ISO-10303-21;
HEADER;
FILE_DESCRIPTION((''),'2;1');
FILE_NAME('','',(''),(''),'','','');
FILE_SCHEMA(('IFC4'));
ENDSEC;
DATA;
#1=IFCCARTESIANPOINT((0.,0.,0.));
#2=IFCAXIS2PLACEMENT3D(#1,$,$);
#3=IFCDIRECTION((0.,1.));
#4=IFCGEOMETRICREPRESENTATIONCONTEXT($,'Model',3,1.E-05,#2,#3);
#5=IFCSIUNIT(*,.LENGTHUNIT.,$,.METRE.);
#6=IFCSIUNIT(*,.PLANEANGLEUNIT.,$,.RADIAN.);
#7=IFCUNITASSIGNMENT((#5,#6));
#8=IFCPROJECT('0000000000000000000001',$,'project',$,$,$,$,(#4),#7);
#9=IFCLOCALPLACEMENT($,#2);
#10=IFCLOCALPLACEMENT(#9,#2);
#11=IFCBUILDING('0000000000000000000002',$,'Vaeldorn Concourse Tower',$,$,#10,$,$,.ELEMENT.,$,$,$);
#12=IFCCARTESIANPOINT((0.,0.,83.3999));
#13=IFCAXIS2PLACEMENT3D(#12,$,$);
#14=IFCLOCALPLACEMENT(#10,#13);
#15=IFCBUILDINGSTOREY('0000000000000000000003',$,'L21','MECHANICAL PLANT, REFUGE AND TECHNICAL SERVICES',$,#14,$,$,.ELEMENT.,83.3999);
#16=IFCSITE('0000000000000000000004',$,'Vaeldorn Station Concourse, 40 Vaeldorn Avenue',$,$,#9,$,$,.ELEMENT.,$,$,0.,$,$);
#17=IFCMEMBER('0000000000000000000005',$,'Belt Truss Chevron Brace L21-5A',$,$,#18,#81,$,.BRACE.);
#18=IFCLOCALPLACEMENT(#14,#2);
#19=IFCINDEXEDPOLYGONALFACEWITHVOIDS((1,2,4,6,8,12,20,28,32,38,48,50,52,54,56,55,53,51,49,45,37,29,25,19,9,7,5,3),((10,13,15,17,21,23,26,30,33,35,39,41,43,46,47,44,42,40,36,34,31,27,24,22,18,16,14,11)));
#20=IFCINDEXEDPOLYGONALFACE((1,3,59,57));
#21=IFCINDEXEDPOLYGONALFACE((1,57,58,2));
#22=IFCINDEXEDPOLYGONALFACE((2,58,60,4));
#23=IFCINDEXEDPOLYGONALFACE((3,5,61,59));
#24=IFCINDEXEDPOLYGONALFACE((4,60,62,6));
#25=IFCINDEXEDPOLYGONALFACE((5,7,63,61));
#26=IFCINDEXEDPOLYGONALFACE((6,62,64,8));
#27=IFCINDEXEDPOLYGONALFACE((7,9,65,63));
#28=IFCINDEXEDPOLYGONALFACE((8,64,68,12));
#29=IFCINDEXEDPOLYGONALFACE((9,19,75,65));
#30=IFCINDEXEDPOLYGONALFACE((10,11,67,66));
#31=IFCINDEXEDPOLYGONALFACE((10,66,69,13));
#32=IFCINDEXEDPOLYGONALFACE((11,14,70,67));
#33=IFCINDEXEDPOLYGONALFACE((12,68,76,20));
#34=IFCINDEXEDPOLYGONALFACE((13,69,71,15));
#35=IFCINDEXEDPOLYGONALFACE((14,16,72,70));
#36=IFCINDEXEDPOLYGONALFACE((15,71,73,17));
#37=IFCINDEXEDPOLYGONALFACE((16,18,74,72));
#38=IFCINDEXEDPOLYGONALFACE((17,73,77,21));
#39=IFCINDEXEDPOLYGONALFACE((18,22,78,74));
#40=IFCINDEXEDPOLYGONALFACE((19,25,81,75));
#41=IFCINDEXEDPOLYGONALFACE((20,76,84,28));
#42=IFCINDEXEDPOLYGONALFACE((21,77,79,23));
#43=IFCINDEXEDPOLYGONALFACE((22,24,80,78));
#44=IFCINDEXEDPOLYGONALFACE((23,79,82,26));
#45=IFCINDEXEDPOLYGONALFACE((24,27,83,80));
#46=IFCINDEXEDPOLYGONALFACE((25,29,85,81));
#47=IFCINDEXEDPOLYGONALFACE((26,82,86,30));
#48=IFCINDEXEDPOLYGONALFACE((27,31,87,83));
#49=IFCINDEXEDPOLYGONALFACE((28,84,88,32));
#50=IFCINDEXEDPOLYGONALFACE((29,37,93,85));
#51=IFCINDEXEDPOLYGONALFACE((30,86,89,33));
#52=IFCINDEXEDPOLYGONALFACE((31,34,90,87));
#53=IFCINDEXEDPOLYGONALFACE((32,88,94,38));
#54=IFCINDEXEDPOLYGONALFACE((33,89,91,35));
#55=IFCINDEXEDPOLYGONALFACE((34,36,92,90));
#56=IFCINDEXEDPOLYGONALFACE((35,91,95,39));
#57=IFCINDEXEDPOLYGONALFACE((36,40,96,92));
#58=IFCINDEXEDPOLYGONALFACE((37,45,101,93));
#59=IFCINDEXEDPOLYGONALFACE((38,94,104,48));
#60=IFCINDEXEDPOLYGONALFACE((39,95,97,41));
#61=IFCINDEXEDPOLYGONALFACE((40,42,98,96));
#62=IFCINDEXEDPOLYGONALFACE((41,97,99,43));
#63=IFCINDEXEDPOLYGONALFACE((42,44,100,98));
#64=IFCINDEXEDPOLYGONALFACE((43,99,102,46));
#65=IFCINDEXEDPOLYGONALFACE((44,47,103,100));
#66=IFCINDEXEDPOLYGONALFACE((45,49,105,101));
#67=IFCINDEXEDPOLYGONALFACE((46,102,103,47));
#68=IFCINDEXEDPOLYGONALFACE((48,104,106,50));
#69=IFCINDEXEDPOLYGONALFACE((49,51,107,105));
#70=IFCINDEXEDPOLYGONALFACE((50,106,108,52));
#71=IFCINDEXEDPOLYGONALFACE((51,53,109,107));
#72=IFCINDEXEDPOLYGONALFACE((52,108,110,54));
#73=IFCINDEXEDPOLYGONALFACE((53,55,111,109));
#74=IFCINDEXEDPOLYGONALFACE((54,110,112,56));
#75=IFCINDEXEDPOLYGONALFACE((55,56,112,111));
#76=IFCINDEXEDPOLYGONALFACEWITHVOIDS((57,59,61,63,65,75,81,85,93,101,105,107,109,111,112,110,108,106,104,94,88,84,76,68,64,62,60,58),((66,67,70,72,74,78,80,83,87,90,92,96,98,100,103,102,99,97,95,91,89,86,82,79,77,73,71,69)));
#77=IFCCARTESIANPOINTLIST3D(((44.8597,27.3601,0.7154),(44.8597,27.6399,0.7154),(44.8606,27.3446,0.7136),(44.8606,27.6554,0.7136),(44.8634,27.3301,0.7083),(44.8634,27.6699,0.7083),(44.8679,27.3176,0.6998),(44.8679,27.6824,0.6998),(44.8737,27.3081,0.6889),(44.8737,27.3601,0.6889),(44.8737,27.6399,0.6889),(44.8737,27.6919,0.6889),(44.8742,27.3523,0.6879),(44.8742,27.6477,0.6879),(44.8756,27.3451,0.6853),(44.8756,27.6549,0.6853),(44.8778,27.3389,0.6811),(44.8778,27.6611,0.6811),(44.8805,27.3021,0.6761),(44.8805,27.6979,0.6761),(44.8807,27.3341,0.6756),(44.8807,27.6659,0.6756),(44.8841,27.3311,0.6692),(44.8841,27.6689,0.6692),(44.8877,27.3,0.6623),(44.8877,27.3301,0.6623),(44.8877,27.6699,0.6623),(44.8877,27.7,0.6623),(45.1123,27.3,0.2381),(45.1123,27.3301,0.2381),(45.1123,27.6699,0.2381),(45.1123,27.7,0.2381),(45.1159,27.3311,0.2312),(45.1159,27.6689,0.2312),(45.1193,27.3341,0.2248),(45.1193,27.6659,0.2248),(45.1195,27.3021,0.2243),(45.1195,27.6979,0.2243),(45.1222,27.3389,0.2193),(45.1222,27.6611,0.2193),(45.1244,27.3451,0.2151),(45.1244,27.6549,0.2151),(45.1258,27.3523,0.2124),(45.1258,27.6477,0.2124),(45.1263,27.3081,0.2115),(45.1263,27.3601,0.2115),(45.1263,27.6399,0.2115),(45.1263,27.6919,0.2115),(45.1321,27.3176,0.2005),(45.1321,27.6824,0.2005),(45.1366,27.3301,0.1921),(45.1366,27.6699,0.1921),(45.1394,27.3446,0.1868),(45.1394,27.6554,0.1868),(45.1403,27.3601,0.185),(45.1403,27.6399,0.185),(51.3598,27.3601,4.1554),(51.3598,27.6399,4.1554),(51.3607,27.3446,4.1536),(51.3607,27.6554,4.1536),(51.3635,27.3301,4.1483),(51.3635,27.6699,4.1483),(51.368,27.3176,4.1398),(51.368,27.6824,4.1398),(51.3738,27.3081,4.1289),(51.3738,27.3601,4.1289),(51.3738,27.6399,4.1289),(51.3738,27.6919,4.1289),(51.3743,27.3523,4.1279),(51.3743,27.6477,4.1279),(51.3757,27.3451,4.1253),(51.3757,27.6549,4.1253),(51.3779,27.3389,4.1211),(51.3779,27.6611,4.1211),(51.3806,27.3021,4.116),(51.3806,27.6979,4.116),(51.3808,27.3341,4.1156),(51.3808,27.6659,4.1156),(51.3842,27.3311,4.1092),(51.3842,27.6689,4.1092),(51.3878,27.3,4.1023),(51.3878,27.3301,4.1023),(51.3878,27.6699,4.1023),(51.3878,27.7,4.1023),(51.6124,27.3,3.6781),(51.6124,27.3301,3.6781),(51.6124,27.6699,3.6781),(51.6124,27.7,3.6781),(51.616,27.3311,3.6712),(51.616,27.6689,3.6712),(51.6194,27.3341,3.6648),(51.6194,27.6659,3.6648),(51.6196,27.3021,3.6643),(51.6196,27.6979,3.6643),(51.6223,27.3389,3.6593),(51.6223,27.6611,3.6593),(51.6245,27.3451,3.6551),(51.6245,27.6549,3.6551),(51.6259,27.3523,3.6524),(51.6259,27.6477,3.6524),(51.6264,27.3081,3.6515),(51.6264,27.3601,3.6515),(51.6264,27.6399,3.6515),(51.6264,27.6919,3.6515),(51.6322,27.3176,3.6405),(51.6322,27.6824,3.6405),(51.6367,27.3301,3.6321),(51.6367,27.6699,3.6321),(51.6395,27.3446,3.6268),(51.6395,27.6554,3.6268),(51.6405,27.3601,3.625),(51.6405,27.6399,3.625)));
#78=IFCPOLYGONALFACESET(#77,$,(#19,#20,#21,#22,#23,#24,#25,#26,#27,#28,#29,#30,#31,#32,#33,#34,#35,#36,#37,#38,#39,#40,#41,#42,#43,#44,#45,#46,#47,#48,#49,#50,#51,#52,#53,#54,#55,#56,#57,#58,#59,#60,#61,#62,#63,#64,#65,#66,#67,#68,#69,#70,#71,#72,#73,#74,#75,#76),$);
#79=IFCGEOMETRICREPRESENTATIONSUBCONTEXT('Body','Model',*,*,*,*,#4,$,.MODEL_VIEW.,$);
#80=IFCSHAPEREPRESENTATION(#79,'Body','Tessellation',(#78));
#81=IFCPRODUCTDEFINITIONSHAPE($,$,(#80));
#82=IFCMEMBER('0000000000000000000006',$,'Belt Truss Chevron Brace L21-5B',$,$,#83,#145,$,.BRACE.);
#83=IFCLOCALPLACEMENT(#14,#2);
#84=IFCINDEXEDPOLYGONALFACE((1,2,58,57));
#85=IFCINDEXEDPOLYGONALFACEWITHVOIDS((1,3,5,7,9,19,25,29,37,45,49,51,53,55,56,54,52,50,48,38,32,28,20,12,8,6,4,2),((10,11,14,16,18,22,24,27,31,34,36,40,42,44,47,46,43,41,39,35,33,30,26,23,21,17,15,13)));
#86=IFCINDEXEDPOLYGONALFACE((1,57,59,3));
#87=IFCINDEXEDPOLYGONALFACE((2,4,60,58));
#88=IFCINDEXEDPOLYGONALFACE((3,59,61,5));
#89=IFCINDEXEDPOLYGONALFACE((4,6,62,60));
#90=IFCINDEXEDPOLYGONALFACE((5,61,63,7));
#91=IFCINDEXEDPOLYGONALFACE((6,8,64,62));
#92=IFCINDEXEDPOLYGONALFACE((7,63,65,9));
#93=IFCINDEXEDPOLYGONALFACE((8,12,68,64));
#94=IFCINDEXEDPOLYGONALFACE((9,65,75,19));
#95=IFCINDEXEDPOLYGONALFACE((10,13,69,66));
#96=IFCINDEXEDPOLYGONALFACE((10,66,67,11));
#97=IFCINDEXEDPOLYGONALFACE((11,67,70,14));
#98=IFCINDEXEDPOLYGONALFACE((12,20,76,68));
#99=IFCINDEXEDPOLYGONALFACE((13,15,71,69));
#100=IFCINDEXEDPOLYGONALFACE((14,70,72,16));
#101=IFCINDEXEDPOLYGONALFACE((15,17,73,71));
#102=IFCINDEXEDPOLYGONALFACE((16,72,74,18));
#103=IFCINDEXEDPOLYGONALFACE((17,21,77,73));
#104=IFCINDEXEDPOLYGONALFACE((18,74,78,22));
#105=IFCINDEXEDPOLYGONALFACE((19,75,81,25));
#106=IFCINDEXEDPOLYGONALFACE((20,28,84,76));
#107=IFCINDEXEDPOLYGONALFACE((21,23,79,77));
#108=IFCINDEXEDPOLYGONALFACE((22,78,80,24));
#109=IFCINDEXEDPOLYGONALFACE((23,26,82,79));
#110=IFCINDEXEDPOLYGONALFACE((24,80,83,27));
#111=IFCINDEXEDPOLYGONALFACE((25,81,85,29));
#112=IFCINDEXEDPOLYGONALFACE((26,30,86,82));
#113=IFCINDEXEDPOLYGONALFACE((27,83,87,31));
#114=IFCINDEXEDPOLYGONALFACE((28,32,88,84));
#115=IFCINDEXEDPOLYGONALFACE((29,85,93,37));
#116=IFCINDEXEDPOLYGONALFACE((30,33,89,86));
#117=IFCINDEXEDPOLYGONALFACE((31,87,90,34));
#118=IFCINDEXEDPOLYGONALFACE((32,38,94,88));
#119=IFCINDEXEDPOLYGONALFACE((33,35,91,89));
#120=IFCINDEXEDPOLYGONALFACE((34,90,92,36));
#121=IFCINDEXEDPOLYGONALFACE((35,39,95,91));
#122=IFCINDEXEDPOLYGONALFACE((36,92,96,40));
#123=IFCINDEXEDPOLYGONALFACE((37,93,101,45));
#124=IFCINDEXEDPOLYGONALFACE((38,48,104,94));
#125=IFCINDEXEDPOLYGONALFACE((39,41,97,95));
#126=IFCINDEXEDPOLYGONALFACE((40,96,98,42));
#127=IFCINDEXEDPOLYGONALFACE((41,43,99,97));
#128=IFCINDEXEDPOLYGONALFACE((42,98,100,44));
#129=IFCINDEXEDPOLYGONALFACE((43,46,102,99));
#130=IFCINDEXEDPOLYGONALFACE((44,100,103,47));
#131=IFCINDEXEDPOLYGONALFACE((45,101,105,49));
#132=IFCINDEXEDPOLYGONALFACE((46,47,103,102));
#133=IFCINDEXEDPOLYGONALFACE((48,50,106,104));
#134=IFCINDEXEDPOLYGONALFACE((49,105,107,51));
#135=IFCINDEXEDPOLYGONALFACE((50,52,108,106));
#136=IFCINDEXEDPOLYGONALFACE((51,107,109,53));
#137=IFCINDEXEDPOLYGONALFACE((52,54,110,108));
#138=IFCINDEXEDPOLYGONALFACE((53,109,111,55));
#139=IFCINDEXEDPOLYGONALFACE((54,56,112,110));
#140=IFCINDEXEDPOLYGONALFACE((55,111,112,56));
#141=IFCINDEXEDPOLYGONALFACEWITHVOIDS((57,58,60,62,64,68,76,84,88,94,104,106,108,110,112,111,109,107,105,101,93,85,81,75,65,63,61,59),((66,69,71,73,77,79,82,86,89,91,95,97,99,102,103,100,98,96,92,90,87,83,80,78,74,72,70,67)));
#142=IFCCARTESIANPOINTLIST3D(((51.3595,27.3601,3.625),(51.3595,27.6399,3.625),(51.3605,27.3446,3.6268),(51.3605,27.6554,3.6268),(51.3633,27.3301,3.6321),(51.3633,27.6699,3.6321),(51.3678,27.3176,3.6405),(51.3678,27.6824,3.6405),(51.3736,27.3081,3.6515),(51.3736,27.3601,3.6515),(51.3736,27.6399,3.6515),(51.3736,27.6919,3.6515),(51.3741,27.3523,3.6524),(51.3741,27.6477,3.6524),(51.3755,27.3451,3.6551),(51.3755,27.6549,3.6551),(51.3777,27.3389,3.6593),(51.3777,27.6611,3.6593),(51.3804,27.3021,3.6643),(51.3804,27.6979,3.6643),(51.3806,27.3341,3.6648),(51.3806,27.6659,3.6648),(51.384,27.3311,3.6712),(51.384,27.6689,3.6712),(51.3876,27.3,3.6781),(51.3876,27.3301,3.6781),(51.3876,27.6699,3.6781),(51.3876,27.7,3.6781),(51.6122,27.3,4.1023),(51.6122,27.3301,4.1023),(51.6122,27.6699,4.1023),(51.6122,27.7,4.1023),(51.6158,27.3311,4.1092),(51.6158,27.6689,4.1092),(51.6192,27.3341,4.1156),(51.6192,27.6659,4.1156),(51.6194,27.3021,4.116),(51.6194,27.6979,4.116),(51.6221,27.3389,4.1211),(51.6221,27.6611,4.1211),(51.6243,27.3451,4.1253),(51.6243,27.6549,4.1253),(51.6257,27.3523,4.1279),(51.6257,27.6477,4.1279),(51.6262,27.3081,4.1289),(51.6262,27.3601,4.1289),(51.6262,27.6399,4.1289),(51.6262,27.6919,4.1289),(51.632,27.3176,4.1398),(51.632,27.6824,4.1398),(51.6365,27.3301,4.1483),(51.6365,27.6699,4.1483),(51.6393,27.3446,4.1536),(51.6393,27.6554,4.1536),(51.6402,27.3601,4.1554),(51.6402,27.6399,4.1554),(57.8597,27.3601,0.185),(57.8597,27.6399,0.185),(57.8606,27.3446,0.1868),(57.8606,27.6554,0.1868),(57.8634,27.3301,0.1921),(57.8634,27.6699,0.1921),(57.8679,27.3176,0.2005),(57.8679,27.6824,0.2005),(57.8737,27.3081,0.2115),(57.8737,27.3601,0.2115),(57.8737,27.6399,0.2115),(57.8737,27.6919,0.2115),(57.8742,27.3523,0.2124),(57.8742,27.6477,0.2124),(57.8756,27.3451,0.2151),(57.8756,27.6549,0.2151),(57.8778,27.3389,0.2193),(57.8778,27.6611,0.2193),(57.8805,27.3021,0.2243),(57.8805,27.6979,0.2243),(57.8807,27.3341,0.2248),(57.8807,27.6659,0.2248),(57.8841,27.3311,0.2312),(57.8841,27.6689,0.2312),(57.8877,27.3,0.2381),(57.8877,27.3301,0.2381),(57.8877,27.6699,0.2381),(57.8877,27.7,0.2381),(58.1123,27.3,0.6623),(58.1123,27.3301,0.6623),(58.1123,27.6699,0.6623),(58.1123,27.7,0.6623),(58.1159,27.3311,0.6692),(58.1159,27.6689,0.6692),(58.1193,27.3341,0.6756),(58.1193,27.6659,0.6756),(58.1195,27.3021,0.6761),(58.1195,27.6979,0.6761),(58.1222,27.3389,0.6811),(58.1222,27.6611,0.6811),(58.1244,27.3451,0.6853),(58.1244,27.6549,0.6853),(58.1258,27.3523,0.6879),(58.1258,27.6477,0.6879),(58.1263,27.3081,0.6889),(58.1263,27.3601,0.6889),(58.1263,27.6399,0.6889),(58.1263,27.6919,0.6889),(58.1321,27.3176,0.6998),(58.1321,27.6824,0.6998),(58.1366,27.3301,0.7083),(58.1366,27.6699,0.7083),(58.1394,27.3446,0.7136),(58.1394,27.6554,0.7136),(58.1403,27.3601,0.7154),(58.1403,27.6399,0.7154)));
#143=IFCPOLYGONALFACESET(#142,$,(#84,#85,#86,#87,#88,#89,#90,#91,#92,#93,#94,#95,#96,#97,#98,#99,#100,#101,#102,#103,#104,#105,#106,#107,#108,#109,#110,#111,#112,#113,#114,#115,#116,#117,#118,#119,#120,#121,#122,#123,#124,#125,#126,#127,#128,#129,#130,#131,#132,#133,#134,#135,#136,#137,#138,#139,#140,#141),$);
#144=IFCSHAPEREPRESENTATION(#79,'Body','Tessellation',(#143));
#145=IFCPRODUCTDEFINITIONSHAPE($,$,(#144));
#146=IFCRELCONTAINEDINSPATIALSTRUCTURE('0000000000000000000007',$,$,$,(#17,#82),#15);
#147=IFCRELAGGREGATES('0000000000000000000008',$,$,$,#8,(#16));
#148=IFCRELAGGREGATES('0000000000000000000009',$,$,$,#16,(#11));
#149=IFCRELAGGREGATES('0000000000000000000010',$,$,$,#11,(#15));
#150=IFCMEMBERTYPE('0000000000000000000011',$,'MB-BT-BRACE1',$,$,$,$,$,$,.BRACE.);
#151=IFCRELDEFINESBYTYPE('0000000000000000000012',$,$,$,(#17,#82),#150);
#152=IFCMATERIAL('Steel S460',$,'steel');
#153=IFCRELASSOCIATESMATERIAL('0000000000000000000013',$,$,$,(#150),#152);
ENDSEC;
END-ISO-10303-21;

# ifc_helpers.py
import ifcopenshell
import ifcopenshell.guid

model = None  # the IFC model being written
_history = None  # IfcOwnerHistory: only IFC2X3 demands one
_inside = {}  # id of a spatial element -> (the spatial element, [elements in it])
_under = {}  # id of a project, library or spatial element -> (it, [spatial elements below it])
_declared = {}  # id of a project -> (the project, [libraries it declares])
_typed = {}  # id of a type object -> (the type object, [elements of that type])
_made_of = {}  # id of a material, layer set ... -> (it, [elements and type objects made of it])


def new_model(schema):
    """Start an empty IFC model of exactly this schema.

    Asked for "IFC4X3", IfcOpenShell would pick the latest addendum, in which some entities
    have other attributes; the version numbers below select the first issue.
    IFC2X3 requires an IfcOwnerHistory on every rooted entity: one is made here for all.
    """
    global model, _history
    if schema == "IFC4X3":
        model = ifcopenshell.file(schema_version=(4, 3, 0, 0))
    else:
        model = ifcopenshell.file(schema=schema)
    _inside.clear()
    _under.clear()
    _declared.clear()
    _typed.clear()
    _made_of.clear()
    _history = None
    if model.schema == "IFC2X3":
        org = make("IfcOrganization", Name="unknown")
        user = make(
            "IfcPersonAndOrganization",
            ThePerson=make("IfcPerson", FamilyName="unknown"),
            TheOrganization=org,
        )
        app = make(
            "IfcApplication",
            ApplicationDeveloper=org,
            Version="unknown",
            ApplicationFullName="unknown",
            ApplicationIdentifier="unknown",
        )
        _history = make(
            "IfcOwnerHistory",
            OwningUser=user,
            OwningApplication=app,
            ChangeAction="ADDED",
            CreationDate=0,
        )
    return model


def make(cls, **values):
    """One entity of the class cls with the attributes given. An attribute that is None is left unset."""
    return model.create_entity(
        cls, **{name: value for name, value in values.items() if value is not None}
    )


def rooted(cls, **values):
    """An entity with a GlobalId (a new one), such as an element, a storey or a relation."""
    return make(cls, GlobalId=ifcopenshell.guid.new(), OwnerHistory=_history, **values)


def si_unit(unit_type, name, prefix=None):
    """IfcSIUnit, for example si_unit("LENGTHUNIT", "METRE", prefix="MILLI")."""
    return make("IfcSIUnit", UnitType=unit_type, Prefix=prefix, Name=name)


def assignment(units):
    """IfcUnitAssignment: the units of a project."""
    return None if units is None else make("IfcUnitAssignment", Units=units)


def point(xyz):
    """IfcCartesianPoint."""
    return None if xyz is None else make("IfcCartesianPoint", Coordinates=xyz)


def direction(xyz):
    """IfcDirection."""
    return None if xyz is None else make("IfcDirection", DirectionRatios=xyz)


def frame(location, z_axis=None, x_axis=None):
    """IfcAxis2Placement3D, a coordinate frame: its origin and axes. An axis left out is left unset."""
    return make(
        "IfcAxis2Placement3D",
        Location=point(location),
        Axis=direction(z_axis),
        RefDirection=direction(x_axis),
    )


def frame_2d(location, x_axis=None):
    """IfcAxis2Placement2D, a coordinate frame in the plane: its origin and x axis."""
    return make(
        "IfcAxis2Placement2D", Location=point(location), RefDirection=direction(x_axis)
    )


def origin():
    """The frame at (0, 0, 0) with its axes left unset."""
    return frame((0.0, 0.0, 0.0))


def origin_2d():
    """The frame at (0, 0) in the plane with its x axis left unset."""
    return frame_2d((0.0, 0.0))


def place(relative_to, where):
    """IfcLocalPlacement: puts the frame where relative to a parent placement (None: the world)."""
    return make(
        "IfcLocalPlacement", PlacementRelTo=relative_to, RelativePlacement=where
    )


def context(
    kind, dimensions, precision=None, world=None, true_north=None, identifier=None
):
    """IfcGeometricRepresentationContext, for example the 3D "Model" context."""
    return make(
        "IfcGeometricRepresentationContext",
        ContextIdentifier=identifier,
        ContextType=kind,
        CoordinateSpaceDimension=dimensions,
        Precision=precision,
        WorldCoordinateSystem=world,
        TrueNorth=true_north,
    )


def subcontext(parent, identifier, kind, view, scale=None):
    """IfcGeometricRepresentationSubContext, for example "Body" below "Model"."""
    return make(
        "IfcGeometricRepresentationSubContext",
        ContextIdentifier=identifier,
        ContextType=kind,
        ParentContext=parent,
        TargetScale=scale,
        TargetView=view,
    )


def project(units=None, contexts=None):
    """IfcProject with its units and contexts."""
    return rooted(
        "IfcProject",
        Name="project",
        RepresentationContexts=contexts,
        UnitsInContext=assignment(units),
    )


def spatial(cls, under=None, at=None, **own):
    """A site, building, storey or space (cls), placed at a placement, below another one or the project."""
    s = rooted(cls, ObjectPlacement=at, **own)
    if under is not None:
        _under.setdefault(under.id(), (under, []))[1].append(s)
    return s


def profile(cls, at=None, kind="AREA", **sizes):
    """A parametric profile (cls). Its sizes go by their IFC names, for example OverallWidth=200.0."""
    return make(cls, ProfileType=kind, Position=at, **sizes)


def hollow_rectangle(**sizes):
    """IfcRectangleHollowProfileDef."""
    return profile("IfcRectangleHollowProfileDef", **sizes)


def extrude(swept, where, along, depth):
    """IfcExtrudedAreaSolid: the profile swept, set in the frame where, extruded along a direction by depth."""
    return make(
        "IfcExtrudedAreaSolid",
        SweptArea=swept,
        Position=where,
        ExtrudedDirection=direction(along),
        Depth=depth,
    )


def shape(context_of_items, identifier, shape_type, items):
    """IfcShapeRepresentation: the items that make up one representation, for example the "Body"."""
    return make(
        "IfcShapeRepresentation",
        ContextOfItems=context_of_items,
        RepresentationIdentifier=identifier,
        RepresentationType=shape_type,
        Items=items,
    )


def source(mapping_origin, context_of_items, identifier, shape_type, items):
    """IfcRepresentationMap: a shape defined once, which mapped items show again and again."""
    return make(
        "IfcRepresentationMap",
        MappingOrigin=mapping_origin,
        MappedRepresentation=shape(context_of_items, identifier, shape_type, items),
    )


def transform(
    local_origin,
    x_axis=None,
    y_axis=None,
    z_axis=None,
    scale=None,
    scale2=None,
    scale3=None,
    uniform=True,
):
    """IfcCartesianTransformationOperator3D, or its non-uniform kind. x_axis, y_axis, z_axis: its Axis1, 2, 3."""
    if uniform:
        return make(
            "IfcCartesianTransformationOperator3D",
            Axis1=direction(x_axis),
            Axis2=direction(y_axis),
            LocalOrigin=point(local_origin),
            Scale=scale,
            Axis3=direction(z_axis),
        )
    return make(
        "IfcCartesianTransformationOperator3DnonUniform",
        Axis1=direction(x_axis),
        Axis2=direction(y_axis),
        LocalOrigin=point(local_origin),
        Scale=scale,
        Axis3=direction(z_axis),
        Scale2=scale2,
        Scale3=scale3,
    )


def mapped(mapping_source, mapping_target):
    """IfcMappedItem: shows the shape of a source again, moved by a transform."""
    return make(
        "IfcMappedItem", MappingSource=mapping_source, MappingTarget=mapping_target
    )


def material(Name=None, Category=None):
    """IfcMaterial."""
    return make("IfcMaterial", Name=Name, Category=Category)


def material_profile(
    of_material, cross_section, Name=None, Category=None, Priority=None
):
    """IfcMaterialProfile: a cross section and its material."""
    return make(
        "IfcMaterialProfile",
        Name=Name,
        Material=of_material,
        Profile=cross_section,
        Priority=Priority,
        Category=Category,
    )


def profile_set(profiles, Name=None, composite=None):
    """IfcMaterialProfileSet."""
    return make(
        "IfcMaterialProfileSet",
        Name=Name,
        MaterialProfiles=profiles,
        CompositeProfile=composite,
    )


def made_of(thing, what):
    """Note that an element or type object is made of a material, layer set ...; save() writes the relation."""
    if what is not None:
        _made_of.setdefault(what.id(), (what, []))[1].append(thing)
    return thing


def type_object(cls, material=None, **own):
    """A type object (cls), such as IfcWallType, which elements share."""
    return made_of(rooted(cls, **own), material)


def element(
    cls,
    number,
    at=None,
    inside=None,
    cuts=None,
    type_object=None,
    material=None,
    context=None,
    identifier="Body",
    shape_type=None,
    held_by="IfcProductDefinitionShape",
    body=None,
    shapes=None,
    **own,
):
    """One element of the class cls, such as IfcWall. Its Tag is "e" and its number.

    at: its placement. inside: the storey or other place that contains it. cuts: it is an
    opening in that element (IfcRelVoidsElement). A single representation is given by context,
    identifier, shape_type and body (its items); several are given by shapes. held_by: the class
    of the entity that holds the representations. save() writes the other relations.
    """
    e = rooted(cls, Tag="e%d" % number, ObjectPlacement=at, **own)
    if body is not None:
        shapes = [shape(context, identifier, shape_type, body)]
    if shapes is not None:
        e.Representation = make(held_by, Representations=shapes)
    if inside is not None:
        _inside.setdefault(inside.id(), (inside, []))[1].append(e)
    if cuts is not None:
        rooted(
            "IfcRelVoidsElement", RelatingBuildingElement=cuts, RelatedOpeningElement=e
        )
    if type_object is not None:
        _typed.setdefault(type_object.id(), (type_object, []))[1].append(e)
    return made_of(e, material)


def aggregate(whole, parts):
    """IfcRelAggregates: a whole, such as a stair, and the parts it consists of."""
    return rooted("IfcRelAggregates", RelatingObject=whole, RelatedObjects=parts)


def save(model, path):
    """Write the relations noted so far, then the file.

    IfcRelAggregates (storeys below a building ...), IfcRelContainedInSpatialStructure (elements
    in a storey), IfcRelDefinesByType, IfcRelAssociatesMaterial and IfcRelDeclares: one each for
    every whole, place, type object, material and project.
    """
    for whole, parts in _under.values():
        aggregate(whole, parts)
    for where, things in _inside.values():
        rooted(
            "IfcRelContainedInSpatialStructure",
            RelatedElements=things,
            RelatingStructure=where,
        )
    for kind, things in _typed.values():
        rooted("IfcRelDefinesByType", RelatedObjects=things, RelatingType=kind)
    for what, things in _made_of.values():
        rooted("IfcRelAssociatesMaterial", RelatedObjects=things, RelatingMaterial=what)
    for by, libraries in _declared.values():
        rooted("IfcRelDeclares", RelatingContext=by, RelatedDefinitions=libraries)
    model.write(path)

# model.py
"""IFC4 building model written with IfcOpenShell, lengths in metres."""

from ifc_helpers import new_model, si_unit, direction, frame, origin, origin_2d, place, context, subcontext, project, spatial, hollow_rectangle, extrude, source, transform, mapped, material, material_profile, profile_set, type_object, element, save


model = new_model("IFC4")

# Units and contexts
model_context = context("Model", 3, precision=1e-05, world=origin(), true_north=direction((0.0, 1.0)))
body_context = subcontext(model_context, "Body", "Model", "MODEL_VIEW")
ifc_project = project(units=[si_unit("LENGTHUNIT", "METRE"), si_unit("PLANEANGLEUNIT", "RADIAN")], contexts=[model_context])

# Site, building, storey
site_placement = place(None, origin())
site = spatial("IfcSite", under=ifc_project, at=site_placement, Name="Vaeldorn Station Concourse, 40 Vaeldorn Avenue", CompositionType="ELEMENT", RefElevation=0.0)
building_placement = place(site_placement, origin())
building = spatial("IfcBuilding", under=site, at=building_placement, Name="Vaeldorn Concourse Tower", CompositionType="ELEMENT")
storey_placement = place(building_placement, frame((0.0, 0.0, 83.3999)))
storey = spatial("IfcBuildingStorey", under=building, at=storey_placement, Name="L21", Description="MECHANICAL PLANT, REFUGE AND TECHNICAL SERVICES", CompositionType="ELEMENT", Elevation=83.3999)

# Shared definitions
ifc_material_1 = material(Name="Steel S460", Category="steel")

# Members
ifc_material_profile_1 = material_profile(ifc_material_1, hollow_rectangle(XDim=0.3999, YDim=0.6001, WallThickness=0.03, InnerFilletRadius=0.03, OuterFilletRadius=0.0601, at=origin_2d()), Name="RHS 600x400x30")
ifc_profile_set_1 = profile_set([ifc_material_profile_1], Name="Steel S460")
member_type_1 = type_object("IfcMemberType", Name="MB-BT-BRACE1", PredefinedType="BRACE", material=ifc_profile_set_1)
shared_shape_1 = source(origin(), body_context, "Body", "SweptSolid", [
    extrude(hollow_rectangle(XDim=0.3999, YDim=0.6001, WallThickness=0.03, InnerFilletRadius=0.03, OuterFilletRadius=0.0601, at=origin_2d()), origin(), (0.0, 0.0, 1.0), 7.3542),
])
for number, where, z_axis, x_axis, name in (
    (1, (45.0, 27.5, 0.4502), (0.883857, 0.0, 0.467757), (0.0, 1.0, 0.0), "Belt Truss Chevron Brace L21-5A"),
    (2, (58.0, 27.5, 0.4502), (-0.883857, 0.0, 0.467757), (0.0, -1.0, 0.0), "Belt Truss Chevron Brace L21-5B"),
):
    element("IfcMember", number, at=place(storey_placement, frame(where, z_axis=z_axis, x_axis=x_axis)), inside=storey, type_object=member_type_1, Name=name, PredefinedType="BRACE", context=body_context, shape_type="MappedRepresentation", body=[
        mapped(shared_shape_1, transform((0.0, 0.0, 0.0), scale=1.0)),
    ])

save(model, "model.ifc")
